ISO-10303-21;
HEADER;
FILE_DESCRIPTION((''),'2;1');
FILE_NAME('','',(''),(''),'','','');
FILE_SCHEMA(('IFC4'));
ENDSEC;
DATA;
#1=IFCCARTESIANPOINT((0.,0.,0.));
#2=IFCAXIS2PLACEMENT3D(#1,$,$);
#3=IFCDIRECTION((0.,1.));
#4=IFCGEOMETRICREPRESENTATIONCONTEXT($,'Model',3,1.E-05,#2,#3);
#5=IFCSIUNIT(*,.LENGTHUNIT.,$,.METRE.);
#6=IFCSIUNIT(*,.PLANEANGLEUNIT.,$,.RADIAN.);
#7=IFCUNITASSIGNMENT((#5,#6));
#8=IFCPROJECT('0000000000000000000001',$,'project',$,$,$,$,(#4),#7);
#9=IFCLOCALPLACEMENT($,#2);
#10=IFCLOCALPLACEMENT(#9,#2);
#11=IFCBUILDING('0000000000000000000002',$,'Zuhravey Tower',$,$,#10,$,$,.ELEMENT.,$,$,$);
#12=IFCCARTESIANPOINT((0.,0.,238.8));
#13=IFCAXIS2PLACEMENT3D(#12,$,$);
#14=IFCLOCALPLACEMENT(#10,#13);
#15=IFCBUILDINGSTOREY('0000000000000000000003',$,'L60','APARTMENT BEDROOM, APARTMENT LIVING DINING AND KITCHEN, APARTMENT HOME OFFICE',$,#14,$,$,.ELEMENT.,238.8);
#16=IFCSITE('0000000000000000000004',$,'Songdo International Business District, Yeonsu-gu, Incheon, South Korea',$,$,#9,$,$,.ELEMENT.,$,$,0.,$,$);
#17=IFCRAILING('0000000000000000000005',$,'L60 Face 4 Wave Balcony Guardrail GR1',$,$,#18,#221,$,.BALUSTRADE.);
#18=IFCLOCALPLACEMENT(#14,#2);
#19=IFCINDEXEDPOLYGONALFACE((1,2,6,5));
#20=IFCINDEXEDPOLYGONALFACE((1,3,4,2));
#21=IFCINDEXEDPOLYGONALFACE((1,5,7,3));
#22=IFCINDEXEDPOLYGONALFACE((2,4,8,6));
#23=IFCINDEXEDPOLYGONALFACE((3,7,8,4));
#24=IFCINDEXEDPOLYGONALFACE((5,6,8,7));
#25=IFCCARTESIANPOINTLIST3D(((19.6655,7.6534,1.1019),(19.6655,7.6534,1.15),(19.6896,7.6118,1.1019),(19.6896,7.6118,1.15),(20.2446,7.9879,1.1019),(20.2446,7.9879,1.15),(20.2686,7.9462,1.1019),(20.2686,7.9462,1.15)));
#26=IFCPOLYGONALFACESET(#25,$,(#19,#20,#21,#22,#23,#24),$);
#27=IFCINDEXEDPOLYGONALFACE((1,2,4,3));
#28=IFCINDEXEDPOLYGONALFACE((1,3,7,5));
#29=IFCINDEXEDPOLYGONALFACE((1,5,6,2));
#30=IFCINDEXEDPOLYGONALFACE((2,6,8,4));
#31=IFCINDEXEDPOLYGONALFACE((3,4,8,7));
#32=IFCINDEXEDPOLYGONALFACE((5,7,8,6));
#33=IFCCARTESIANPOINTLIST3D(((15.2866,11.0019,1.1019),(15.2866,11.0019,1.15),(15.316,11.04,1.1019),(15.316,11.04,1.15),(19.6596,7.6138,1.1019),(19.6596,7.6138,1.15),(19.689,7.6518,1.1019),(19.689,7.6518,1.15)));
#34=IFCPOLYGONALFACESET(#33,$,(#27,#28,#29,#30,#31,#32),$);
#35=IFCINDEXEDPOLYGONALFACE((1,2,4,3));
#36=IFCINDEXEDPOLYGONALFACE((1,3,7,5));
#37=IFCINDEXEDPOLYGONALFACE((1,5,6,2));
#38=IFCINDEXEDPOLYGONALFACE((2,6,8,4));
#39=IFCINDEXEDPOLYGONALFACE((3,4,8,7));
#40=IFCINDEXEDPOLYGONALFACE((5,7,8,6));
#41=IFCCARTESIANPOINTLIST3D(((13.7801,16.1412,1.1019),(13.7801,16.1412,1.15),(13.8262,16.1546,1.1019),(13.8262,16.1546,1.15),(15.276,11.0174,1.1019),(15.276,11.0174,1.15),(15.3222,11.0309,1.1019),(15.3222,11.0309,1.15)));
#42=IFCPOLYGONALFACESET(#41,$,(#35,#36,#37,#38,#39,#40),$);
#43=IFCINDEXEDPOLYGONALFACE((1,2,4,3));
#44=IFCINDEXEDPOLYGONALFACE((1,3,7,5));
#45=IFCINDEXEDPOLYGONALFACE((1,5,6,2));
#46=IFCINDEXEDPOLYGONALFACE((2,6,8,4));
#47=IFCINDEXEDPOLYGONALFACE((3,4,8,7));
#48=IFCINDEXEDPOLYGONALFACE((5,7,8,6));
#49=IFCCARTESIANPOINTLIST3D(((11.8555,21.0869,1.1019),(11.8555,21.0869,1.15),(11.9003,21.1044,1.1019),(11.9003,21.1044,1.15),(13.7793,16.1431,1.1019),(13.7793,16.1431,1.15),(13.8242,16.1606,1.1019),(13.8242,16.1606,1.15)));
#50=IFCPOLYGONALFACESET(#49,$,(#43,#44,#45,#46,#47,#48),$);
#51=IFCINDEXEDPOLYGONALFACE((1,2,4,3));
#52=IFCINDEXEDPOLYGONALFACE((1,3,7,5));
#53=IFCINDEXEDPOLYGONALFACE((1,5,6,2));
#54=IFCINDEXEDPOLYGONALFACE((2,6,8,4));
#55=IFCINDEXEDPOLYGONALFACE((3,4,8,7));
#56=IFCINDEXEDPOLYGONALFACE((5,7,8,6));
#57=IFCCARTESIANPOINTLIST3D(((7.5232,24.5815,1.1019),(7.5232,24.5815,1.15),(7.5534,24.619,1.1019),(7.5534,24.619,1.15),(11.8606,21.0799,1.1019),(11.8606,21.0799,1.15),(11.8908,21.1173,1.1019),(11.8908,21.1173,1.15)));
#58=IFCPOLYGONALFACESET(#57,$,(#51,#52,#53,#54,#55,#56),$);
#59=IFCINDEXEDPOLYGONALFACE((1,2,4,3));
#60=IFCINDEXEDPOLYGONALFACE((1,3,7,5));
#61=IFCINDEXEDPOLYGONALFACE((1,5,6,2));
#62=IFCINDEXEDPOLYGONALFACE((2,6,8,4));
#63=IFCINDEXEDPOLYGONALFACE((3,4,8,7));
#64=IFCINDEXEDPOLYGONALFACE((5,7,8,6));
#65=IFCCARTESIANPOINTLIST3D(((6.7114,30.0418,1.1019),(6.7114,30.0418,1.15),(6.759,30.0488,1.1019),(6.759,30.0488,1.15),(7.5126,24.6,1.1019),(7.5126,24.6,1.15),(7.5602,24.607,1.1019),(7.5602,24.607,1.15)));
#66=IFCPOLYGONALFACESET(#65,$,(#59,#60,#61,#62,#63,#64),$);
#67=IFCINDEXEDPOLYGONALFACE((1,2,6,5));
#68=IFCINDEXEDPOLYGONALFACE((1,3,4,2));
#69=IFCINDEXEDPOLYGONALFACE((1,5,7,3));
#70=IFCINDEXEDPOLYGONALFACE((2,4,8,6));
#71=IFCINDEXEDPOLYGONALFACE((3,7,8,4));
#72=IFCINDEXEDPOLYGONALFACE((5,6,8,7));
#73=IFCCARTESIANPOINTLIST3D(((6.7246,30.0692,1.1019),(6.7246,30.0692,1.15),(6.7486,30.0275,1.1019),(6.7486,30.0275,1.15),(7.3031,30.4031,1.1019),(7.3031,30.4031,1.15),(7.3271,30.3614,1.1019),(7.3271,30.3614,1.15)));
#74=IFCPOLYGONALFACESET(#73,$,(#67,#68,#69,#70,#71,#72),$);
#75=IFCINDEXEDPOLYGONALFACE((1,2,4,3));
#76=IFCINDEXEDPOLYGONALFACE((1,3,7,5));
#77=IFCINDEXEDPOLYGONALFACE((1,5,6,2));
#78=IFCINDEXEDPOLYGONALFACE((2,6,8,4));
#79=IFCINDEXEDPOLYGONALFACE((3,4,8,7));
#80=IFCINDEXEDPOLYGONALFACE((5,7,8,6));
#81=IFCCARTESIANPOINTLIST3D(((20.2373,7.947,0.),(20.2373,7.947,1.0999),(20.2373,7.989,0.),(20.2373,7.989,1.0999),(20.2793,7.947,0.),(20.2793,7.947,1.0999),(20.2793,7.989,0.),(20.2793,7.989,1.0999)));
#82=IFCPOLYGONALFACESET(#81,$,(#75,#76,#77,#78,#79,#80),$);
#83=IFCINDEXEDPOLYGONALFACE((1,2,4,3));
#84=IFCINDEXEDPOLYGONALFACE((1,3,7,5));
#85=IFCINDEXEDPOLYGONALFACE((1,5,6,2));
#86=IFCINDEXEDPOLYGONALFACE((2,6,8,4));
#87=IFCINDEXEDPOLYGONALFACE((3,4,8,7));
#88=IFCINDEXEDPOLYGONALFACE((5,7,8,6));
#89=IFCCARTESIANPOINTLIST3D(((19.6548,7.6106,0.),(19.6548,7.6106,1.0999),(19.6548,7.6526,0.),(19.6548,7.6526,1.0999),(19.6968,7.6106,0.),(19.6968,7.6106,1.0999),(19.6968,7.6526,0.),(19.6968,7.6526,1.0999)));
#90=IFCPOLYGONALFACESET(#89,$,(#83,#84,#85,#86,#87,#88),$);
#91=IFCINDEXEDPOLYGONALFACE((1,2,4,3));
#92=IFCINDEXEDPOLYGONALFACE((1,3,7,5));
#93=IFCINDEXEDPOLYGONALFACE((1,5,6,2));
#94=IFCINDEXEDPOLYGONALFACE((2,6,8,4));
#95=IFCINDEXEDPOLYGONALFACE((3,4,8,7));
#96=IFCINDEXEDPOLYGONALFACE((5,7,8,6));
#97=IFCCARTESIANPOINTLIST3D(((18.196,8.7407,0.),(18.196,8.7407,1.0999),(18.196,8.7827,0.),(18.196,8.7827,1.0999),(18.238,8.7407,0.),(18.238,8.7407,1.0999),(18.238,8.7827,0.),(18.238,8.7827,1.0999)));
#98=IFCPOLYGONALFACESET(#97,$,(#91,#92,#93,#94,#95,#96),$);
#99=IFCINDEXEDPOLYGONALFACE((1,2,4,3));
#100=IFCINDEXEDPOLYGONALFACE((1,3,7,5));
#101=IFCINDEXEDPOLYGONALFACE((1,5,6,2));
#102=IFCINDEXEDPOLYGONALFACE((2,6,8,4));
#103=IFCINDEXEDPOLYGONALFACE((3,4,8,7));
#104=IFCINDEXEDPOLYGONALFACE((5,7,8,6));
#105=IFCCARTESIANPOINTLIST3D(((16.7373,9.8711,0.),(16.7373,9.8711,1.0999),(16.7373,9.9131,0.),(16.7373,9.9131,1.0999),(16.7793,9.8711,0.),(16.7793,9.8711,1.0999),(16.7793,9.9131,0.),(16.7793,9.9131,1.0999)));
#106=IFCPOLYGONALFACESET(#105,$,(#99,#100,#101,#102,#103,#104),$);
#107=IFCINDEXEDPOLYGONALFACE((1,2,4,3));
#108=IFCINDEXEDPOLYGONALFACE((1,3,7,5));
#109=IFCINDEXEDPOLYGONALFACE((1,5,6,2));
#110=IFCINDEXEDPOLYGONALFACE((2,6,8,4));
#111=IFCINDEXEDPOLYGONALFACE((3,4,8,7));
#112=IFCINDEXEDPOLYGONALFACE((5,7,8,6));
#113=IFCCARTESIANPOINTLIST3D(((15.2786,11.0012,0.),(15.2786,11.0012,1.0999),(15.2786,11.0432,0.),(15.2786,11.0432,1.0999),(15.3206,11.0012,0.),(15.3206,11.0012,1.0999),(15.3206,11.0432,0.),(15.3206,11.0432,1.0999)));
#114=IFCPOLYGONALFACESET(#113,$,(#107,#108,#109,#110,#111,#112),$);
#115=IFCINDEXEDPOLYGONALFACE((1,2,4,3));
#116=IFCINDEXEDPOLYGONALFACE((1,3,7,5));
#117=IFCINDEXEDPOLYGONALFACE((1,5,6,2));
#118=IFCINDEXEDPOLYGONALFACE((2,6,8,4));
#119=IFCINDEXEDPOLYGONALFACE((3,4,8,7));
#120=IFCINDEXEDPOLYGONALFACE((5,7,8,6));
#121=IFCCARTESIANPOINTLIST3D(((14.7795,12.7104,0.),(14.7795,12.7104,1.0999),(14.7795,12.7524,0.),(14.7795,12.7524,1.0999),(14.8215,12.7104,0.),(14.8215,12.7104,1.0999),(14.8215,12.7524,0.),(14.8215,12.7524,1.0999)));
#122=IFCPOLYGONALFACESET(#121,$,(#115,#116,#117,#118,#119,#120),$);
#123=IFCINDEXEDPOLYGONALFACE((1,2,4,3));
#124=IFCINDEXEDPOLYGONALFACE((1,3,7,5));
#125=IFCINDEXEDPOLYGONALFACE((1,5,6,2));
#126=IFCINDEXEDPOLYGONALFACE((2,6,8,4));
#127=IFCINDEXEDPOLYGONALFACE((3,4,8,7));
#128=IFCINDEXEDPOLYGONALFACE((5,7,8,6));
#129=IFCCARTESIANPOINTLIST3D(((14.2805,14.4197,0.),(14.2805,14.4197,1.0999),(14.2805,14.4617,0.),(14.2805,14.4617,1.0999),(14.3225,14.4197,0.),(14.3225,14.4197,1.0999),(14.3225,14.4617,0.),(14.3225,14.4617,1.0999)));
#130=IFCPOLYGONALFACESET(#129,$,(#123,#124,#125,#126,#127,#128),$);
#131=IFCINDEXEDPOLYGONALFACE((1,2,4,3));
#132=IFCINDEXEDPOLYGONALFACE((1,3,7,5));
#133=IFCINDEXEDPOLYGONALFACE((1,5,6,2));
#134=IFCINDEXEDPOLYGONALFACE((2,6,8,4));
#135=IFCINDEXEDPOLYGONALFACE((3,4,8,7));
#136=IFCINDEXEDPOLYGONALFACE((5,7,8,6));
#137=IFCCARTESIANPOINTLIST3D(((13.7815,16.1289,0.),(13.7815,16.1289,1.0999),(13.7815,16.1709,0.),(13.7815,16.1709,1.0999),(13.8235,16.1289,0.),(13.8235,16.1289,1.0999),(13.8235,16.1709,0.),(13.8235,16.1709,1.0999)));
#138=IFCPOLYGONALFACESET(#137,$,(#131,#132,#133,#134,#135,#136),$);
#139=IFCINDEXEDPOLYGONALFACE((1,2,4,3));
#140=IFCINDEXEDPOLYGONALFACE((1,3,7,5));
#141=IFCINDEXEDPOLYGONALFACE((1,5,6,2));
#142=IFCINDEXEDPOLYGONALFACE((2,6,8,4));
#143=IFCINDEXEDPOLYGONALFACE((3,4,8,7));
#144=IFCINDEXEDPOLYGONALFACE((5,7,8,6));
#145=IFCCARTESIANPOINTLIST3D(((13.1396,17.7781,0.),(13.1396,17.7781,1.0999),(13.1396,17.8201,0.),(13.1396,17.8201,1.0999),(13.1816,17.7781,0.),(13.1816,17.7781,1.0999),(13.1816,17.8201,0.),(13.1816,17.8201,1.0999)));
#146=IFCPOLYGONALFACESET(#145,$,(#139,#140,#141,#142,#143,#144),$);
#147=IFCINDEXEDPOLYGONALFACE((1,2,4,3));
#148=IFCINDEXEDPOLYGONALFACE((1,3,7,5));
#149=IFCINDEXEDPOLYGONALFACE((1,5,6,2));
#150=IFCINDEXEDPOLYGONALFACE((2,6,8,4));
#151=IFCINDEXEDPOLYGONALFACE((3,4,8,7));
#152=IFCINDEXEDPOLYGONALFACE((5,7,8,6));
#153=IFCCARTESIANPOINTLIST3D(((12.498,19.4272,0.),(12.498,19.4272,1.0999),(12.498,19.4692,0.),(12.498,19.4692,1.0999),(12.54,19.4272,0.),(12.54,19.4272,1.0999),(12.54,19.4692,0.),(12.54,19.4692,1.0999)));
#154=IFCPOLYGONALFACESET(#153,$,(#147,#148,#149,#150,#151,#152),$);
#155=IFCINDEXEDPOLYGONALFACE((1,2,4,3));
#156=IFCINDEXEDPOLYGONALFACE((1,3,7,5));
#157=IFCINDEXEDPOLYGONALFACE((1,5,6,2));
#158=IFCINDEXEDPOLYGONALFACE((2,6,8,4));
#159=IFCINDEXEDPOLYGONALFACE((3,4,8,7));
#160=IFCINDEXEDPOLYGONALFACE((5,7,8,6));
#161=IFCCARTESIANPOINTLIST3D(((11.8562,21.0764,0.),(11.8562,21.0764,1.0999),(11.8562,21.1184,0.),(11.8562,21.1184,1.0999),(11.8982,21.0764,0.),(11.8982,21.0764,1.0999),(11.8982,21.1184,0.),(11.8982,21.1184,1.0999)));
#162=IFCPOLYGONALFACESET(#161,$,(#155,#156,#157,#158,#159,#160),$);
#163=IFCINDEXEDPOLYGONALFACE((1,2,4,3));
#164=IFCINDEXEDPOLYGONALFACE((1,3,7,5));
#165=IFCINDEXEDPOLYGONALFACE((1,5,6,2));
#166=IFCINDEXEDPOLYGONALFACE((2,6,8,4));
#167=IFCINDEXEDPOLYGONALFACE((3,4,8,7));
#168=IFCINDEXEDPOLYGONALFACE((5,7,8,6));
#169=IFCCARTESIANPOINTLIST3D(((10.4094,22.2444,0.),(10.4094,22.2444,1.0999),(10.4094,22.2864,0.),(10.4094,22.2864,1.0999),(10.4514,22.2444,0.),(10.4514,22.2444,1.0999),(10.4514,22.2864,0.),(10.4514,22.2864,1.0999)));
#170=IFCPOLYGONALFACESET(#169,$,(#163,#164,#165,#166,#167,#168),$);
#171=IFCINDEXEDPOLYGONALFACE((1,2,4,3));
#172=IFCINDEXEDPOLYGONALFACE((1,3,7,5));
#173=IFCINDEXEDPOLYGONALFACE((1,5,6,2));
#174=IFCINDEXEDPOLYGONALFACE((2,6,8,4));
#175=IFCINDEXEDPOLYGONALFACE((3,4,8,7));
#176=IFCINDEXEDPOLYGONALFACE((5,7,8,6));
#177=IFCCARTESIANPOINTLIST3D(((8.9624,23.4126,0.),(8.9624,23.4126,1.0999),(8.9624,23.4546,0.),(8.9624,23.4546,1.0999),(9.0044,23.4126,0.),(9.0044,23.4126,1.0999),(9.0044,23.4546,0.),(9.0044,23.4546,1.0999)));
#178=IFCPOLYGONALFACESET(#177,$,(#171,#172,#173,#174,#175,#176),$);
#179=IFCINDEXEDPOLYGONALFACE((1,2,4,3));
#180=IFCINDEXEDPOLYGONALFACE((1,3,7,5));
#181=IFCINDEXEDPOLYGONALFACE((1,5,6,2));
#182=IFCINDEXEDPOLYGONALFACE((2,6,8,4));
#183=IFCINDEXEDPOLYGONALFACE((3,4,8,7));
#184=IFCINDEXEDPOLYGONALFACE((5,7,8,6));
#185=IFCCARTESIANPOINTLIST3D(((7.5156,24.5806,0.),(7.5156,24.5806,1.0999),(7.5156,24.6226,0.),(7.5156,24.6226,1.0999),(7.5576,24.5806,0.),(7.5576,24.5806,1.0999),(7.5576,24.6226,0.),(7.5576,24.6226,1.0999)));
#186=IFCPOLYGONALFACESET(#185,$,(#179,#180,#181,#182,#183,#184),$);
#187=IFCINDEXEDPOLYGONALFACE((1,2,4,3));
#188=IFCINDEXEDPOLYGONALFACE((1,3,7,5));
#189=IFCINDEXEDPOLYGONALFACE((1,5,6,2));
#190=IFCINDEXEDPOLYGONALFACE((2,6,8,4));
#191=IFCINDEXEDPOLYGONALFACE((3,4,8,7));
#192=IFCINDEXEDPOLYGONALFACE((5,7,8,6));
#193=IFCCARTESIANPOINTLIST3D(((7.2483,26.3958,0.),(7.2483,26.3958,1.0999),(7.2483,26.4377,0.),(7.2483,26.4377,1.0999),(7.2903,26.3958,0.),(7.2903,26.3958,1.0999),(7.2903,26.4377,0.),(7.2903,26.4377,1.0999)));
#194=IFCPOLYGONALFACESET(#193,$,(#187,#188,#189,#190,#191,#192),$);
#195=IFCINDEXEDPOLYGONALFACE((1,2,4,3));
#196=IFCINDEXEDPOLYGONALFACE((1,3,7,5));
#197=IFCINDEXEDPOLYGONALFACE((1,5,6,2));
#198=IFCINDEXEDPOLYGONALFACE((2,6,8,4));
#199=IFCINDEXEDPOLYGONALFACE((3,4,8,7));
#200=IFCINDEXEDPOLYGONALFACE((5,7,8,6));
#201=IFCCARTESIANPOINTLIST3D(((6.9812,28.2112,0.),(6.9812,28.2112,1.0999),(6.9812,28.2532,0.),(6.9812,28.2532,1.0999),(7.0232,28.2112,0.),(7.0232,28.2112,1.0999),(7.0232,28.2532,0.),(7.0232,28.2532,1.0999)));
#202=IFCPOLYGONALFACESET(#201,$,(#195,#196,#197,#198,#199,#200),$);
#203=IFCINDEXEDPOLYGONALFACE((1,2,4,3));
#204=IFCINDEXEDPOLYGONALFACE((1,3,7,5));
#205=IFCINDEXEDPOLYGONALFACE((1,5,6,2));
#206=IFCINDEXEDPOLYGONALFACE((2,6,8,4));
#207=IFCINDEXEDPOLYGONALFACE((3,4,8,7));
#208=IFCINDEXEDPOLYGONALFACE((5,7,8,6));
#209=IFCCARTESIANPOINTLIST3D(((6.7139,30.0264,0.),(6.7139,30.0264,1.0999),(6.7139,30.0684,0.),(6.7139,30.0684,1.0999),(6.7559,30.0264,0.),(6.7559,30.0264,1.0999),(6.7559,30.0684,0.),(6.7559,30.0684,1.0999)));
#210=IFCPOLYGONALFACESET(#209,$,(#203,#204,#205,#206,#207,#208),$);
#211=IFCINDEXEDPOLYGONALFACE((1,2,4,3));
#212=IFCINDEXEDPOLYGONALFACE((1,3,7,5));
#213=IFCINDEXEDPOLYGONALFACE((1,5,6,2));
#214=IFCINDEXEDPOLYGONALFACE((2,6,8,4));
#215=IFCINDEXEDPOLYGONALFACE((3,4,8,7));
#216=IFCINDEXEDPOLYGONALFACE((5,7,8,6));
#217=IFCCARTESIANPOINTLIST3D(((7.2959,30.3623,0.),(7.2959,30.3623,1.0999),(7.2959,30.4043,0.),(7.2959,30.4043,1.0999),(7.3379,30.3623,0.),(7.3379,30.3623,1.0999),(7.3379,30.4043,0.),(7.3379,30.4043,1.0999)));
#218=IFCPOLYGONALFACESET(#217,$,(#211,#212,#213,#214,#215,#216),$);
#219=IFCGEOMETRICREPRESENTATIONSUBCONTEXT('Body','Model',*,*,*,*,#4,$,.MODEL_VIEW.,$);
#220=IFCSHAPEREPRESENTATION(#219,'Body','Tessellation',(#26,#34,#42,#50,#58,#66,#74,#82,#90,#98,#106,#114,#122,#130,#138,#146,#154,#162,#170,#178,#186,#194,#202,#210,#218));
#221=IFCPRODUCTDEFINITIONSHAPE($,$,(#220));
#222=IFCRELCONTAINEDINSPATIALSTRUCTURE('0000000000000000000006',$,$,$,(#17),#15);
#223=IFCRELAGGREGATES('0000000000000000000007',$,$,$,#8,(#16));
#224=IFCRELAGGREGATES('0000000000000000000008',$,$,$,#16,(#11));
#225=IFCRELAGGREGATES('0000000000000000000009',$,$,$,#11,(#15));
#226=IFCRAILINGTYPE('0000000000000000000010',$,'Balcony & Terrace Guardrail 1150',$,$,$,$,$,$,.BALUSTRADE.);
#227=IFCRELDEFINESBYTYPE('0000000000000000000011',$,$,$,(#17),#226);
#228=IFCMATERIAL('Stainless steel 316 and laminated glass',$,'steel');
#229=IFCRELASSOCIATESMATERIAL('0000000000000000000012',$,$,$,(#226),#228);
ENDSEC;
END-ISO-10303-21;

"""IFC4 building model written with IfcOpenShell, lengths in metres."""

from ifc_helpers import new_model, si_unit, direction, frame, origin, origin_2d, place, context, subcontext, project, spatial, rectangle, extrude, material, type_object, element, save


model = new_model("IFC4")

# Units and contexts
model_context = context("Model", 3, precision=1e-05, world=origin(), true_north=direction((0.0, 1.0)))
body_context = subcontext(model_context, "Body", "Model", "MODEL_VIEW")
ifc_project = project(units=[si_unit("LENGTHUNIT", "METRE"), si_unit("PLANEANGLEUNIT", "RADIAN")], contexts=[model_context])

# Site, building, storey
site_placement = place(None, origin())
site = spatial("IfcSite", under=ifc_project, at=site_placement, Name="Songdo International Business District, Yeonsu-gu, Incheon, South Korea", CompositionType="ELEMENT", RefElevation=0.0)
building_placement = place(site_placement, origin())
building = spatial("IfcBuilding", under=site, at=building_placement, Name="Zuhravey Tower", CompositionType="ELEMENT")
storey_placement = place(building_placement, frame((0.0, 0.0, 238.8)))
storey = spatial("IfcBuildingStorey", under=building, at=storey_placement, Name="L60", Description="APARTMENT BEDROOM, APARTMENT LIVING DINING AND KITCHEN, APARTMENT HOME OFFICE", CompositionType="ELEMENT", Elevation=238.8)

# Railing
ifc_material_1 = material(Name="Stainless steel 316 and laminated glass", Category="steel")
railing_type = type_object("IfcRailingType", Name="Balcony & Terrace Guardrail 1150", PredefinedType="BALUSTRADE", material=ifc_material_1)
railing_placement = place(storey_placement, frame((20.2583, 7.968, 0.0)))
element("IfcRailing", 1, at=railing_placement, inside=storey, type_object=railing_type, Name="L60 Face 4 Wave Balcony Guardrail GR1", PredefinedType="BALUSTRADE", context=body_context, shape_type="SweptSolid", body=[
    extrude(rectangle(XDim=0.0481, YDim=0.0481, at=origin_2d()), frame((-0.0017, -0.001, 1.126), z_axis=(-0.865956, -0.50012, 0.0), x_axis=(0.50012, -0.865956, 0.0)), (0.0, 0.0, 1.0), 0.6687),
    extrude(rectangle(XDim=0.0481, YDim=0.0481, at=origin_2d()), frame((-0.584, -0.3352, 1.126), z_axis=(-0.790498, 0.612465, 0.0), x_axis=(-0.612465, -0.790498, 0.0)), (0.0, 0.0, 1.0), 5.532),
    extrude(rectangle(XDim=0.0481, YDim=0.0481, at=origin_2d()), frame((-4.9592, 3.0562, 1.126), z_axis=(-0.280258, 0.959925, 0.0), x_axis=(-0.959925, -0.280258, 0.0)), (0.0, 0.0, 1.0), 5.3376),
    extrude(rectangle(XDim=0.0481, YDim=0.0481, at=origin_2d()), frame((-6.4565, 8.1838, 1.126), z_axis=(-0.362653, 0.931924, 0.0), x_axis=(-0.931924, -0.362653, 0.0)), (0.0, 0.0, 1.0), 5.3049),
    extrude(rectangle(XDim=0.0481, YDim=0.0481, at=origin_2d()), frame((-8.3826, 13.1306, 1.126), z_axis=(-0.77809, 0.628153, 0.0), x_axis=(-0.628153, -0.77809, 0.0)), (0.0, 0.0, 1.0), 5.5745),
    extrude(rectangle(XDim=0.0481, YDim=0.0481, at=origin_2d()), frame((-12.7219, 16.6355, 1.126), z_axis=(-0.145655, 0.989335, 0.0), x_axis=(-0.989335, -0.145655, 0.0)), (0.0, 0.0, 1.0), 5.5005),
    extrude(rectangle(XDim=0.0481, YDim=0.0481, at=origin_2d()), frame((-13.5217, 22.0803, 1.126), z_axis=(0.866089, 0.49989, 0.0), x_axis=(-0.49989, 0.866089, 0.0)), (0.0, 0.0, 1.0), 0.668),
    extrude(rectangle(XDim=0.042, YDim=0.042, at=origin_2d()), origin(), (0.0, 0.0, 1.0), 1.0999),
    extrude(rectangle(XDim=0.042, YDim=0.042, at=origin_2d()), frame((-0.5825, -0.3364, 0.0)), (0.0, 0.0, 1.0), 1.0999),
    extrude(rectangle(XDim=0.042, YDim=0.042, at=origin_2d()), frame((-2.0413, 0.7937, 0.0)), (0.0, 0.0, 1.0), 1.0999),
    extrude(rectangle(XDim=0.042, YDim=0.042, at=origin_2d()), frame((-3.5, 1.9241, 0.0)), (0.0, 0.0, 1.0), 1.0999),
    extrude(rectangle(XDim=0.042, YDim=0.042, at=origin_2d()), frame((-4.9587, 3.0542, 0.0)), (0.0, 0.0, 1.0), 1.0999),
    extrude(rectangle(XDim=0.042, YDim=0.042, at=origin_2d()), frame((-5.4578, 4.7634, 0.0)), (0.0, 0.0, 1.0), 1.0999),
    extrude(rectangle(XDim=0.042, YDim=0.042, at=origin_2d()), frame((-5.9568, 6.4727, 0.0)), (0.0, 0.0, 1.0), 1.0999),
    extrude(rectangle(XDim=0.042, YDim=0.042, at=origin_2d()), frame((-6.4558, 8.1819, 0.0)), (0.0, 0.0, 1.0), 1.0999),
    extrude(rectangle(XDim=0.042, YDim=0.042, at=origin_2d()), frame((-7.0977, 9.8311, 0.0)), (0.0, 0.0, 1.0), 1.0999),
    extrude(rectangle(XDim=0.042, YDim=0.042, at=origin_2d()), frame((-7.7393, 11.4802, 0.0)), (0.0, 0.0, 1.0), 1.0999),
    extrude(rectangle(XDim=0.042, YDim=0.042, at=origin_2d()), frame((-8.3811, 13.1294, 0.0)), (0.0, 0.0, 1.0), 1.0999),
    extrude(rectangle(XDim=0.042, YDim=0.042, at=origin_2d()), frame((-9.8279, 14.2974, 0.0)), (0.0, 0.0, 1.0), 1.0999),
    extrude(rectangle(XDim=0.042, YDim=0.042, at=origin_2d()), frame((-11.2749, 15.4656, 0.0)), (0.0, 0.0, 1.0), 1.0999),
    extrude(rectangle(XDim=0.042, YDim=0.042, at=origin_2d()), frame((-12.7217, 16.6335, 0.0)), (0.0, 0.0, 1.0), 1.0999),
    extrude(rectangle(XDim=0.042, YDim=0.042, at=origin_2d()), frame((-12.989, 18.4487, 0.0)), (0.0, 0.0, 1.0), 1.0999),
    extrude(rectangle(XDim=0.042, YDim=0.042, at=origin_2d()), frame((-13.2561, 20.2642, 0.0)), (0.0, 0.0, 1.0), 1.0999),
    extrude(rectangle(XDim=0.042, YDim=0.042, at=origin_2d()), frame((-13.5234, 22.0793, 0.0)), (0.0, 0.0, 1.0), 1.0999),
    extrude(rectangle(XDim=0.042, YDim=0.042, at=origin_2d()), frame((-12.9414, 22.4153, 0.0)), (0.0, 0.0, 1.0), 1.0999),
])

save(model, "model.ifc")
